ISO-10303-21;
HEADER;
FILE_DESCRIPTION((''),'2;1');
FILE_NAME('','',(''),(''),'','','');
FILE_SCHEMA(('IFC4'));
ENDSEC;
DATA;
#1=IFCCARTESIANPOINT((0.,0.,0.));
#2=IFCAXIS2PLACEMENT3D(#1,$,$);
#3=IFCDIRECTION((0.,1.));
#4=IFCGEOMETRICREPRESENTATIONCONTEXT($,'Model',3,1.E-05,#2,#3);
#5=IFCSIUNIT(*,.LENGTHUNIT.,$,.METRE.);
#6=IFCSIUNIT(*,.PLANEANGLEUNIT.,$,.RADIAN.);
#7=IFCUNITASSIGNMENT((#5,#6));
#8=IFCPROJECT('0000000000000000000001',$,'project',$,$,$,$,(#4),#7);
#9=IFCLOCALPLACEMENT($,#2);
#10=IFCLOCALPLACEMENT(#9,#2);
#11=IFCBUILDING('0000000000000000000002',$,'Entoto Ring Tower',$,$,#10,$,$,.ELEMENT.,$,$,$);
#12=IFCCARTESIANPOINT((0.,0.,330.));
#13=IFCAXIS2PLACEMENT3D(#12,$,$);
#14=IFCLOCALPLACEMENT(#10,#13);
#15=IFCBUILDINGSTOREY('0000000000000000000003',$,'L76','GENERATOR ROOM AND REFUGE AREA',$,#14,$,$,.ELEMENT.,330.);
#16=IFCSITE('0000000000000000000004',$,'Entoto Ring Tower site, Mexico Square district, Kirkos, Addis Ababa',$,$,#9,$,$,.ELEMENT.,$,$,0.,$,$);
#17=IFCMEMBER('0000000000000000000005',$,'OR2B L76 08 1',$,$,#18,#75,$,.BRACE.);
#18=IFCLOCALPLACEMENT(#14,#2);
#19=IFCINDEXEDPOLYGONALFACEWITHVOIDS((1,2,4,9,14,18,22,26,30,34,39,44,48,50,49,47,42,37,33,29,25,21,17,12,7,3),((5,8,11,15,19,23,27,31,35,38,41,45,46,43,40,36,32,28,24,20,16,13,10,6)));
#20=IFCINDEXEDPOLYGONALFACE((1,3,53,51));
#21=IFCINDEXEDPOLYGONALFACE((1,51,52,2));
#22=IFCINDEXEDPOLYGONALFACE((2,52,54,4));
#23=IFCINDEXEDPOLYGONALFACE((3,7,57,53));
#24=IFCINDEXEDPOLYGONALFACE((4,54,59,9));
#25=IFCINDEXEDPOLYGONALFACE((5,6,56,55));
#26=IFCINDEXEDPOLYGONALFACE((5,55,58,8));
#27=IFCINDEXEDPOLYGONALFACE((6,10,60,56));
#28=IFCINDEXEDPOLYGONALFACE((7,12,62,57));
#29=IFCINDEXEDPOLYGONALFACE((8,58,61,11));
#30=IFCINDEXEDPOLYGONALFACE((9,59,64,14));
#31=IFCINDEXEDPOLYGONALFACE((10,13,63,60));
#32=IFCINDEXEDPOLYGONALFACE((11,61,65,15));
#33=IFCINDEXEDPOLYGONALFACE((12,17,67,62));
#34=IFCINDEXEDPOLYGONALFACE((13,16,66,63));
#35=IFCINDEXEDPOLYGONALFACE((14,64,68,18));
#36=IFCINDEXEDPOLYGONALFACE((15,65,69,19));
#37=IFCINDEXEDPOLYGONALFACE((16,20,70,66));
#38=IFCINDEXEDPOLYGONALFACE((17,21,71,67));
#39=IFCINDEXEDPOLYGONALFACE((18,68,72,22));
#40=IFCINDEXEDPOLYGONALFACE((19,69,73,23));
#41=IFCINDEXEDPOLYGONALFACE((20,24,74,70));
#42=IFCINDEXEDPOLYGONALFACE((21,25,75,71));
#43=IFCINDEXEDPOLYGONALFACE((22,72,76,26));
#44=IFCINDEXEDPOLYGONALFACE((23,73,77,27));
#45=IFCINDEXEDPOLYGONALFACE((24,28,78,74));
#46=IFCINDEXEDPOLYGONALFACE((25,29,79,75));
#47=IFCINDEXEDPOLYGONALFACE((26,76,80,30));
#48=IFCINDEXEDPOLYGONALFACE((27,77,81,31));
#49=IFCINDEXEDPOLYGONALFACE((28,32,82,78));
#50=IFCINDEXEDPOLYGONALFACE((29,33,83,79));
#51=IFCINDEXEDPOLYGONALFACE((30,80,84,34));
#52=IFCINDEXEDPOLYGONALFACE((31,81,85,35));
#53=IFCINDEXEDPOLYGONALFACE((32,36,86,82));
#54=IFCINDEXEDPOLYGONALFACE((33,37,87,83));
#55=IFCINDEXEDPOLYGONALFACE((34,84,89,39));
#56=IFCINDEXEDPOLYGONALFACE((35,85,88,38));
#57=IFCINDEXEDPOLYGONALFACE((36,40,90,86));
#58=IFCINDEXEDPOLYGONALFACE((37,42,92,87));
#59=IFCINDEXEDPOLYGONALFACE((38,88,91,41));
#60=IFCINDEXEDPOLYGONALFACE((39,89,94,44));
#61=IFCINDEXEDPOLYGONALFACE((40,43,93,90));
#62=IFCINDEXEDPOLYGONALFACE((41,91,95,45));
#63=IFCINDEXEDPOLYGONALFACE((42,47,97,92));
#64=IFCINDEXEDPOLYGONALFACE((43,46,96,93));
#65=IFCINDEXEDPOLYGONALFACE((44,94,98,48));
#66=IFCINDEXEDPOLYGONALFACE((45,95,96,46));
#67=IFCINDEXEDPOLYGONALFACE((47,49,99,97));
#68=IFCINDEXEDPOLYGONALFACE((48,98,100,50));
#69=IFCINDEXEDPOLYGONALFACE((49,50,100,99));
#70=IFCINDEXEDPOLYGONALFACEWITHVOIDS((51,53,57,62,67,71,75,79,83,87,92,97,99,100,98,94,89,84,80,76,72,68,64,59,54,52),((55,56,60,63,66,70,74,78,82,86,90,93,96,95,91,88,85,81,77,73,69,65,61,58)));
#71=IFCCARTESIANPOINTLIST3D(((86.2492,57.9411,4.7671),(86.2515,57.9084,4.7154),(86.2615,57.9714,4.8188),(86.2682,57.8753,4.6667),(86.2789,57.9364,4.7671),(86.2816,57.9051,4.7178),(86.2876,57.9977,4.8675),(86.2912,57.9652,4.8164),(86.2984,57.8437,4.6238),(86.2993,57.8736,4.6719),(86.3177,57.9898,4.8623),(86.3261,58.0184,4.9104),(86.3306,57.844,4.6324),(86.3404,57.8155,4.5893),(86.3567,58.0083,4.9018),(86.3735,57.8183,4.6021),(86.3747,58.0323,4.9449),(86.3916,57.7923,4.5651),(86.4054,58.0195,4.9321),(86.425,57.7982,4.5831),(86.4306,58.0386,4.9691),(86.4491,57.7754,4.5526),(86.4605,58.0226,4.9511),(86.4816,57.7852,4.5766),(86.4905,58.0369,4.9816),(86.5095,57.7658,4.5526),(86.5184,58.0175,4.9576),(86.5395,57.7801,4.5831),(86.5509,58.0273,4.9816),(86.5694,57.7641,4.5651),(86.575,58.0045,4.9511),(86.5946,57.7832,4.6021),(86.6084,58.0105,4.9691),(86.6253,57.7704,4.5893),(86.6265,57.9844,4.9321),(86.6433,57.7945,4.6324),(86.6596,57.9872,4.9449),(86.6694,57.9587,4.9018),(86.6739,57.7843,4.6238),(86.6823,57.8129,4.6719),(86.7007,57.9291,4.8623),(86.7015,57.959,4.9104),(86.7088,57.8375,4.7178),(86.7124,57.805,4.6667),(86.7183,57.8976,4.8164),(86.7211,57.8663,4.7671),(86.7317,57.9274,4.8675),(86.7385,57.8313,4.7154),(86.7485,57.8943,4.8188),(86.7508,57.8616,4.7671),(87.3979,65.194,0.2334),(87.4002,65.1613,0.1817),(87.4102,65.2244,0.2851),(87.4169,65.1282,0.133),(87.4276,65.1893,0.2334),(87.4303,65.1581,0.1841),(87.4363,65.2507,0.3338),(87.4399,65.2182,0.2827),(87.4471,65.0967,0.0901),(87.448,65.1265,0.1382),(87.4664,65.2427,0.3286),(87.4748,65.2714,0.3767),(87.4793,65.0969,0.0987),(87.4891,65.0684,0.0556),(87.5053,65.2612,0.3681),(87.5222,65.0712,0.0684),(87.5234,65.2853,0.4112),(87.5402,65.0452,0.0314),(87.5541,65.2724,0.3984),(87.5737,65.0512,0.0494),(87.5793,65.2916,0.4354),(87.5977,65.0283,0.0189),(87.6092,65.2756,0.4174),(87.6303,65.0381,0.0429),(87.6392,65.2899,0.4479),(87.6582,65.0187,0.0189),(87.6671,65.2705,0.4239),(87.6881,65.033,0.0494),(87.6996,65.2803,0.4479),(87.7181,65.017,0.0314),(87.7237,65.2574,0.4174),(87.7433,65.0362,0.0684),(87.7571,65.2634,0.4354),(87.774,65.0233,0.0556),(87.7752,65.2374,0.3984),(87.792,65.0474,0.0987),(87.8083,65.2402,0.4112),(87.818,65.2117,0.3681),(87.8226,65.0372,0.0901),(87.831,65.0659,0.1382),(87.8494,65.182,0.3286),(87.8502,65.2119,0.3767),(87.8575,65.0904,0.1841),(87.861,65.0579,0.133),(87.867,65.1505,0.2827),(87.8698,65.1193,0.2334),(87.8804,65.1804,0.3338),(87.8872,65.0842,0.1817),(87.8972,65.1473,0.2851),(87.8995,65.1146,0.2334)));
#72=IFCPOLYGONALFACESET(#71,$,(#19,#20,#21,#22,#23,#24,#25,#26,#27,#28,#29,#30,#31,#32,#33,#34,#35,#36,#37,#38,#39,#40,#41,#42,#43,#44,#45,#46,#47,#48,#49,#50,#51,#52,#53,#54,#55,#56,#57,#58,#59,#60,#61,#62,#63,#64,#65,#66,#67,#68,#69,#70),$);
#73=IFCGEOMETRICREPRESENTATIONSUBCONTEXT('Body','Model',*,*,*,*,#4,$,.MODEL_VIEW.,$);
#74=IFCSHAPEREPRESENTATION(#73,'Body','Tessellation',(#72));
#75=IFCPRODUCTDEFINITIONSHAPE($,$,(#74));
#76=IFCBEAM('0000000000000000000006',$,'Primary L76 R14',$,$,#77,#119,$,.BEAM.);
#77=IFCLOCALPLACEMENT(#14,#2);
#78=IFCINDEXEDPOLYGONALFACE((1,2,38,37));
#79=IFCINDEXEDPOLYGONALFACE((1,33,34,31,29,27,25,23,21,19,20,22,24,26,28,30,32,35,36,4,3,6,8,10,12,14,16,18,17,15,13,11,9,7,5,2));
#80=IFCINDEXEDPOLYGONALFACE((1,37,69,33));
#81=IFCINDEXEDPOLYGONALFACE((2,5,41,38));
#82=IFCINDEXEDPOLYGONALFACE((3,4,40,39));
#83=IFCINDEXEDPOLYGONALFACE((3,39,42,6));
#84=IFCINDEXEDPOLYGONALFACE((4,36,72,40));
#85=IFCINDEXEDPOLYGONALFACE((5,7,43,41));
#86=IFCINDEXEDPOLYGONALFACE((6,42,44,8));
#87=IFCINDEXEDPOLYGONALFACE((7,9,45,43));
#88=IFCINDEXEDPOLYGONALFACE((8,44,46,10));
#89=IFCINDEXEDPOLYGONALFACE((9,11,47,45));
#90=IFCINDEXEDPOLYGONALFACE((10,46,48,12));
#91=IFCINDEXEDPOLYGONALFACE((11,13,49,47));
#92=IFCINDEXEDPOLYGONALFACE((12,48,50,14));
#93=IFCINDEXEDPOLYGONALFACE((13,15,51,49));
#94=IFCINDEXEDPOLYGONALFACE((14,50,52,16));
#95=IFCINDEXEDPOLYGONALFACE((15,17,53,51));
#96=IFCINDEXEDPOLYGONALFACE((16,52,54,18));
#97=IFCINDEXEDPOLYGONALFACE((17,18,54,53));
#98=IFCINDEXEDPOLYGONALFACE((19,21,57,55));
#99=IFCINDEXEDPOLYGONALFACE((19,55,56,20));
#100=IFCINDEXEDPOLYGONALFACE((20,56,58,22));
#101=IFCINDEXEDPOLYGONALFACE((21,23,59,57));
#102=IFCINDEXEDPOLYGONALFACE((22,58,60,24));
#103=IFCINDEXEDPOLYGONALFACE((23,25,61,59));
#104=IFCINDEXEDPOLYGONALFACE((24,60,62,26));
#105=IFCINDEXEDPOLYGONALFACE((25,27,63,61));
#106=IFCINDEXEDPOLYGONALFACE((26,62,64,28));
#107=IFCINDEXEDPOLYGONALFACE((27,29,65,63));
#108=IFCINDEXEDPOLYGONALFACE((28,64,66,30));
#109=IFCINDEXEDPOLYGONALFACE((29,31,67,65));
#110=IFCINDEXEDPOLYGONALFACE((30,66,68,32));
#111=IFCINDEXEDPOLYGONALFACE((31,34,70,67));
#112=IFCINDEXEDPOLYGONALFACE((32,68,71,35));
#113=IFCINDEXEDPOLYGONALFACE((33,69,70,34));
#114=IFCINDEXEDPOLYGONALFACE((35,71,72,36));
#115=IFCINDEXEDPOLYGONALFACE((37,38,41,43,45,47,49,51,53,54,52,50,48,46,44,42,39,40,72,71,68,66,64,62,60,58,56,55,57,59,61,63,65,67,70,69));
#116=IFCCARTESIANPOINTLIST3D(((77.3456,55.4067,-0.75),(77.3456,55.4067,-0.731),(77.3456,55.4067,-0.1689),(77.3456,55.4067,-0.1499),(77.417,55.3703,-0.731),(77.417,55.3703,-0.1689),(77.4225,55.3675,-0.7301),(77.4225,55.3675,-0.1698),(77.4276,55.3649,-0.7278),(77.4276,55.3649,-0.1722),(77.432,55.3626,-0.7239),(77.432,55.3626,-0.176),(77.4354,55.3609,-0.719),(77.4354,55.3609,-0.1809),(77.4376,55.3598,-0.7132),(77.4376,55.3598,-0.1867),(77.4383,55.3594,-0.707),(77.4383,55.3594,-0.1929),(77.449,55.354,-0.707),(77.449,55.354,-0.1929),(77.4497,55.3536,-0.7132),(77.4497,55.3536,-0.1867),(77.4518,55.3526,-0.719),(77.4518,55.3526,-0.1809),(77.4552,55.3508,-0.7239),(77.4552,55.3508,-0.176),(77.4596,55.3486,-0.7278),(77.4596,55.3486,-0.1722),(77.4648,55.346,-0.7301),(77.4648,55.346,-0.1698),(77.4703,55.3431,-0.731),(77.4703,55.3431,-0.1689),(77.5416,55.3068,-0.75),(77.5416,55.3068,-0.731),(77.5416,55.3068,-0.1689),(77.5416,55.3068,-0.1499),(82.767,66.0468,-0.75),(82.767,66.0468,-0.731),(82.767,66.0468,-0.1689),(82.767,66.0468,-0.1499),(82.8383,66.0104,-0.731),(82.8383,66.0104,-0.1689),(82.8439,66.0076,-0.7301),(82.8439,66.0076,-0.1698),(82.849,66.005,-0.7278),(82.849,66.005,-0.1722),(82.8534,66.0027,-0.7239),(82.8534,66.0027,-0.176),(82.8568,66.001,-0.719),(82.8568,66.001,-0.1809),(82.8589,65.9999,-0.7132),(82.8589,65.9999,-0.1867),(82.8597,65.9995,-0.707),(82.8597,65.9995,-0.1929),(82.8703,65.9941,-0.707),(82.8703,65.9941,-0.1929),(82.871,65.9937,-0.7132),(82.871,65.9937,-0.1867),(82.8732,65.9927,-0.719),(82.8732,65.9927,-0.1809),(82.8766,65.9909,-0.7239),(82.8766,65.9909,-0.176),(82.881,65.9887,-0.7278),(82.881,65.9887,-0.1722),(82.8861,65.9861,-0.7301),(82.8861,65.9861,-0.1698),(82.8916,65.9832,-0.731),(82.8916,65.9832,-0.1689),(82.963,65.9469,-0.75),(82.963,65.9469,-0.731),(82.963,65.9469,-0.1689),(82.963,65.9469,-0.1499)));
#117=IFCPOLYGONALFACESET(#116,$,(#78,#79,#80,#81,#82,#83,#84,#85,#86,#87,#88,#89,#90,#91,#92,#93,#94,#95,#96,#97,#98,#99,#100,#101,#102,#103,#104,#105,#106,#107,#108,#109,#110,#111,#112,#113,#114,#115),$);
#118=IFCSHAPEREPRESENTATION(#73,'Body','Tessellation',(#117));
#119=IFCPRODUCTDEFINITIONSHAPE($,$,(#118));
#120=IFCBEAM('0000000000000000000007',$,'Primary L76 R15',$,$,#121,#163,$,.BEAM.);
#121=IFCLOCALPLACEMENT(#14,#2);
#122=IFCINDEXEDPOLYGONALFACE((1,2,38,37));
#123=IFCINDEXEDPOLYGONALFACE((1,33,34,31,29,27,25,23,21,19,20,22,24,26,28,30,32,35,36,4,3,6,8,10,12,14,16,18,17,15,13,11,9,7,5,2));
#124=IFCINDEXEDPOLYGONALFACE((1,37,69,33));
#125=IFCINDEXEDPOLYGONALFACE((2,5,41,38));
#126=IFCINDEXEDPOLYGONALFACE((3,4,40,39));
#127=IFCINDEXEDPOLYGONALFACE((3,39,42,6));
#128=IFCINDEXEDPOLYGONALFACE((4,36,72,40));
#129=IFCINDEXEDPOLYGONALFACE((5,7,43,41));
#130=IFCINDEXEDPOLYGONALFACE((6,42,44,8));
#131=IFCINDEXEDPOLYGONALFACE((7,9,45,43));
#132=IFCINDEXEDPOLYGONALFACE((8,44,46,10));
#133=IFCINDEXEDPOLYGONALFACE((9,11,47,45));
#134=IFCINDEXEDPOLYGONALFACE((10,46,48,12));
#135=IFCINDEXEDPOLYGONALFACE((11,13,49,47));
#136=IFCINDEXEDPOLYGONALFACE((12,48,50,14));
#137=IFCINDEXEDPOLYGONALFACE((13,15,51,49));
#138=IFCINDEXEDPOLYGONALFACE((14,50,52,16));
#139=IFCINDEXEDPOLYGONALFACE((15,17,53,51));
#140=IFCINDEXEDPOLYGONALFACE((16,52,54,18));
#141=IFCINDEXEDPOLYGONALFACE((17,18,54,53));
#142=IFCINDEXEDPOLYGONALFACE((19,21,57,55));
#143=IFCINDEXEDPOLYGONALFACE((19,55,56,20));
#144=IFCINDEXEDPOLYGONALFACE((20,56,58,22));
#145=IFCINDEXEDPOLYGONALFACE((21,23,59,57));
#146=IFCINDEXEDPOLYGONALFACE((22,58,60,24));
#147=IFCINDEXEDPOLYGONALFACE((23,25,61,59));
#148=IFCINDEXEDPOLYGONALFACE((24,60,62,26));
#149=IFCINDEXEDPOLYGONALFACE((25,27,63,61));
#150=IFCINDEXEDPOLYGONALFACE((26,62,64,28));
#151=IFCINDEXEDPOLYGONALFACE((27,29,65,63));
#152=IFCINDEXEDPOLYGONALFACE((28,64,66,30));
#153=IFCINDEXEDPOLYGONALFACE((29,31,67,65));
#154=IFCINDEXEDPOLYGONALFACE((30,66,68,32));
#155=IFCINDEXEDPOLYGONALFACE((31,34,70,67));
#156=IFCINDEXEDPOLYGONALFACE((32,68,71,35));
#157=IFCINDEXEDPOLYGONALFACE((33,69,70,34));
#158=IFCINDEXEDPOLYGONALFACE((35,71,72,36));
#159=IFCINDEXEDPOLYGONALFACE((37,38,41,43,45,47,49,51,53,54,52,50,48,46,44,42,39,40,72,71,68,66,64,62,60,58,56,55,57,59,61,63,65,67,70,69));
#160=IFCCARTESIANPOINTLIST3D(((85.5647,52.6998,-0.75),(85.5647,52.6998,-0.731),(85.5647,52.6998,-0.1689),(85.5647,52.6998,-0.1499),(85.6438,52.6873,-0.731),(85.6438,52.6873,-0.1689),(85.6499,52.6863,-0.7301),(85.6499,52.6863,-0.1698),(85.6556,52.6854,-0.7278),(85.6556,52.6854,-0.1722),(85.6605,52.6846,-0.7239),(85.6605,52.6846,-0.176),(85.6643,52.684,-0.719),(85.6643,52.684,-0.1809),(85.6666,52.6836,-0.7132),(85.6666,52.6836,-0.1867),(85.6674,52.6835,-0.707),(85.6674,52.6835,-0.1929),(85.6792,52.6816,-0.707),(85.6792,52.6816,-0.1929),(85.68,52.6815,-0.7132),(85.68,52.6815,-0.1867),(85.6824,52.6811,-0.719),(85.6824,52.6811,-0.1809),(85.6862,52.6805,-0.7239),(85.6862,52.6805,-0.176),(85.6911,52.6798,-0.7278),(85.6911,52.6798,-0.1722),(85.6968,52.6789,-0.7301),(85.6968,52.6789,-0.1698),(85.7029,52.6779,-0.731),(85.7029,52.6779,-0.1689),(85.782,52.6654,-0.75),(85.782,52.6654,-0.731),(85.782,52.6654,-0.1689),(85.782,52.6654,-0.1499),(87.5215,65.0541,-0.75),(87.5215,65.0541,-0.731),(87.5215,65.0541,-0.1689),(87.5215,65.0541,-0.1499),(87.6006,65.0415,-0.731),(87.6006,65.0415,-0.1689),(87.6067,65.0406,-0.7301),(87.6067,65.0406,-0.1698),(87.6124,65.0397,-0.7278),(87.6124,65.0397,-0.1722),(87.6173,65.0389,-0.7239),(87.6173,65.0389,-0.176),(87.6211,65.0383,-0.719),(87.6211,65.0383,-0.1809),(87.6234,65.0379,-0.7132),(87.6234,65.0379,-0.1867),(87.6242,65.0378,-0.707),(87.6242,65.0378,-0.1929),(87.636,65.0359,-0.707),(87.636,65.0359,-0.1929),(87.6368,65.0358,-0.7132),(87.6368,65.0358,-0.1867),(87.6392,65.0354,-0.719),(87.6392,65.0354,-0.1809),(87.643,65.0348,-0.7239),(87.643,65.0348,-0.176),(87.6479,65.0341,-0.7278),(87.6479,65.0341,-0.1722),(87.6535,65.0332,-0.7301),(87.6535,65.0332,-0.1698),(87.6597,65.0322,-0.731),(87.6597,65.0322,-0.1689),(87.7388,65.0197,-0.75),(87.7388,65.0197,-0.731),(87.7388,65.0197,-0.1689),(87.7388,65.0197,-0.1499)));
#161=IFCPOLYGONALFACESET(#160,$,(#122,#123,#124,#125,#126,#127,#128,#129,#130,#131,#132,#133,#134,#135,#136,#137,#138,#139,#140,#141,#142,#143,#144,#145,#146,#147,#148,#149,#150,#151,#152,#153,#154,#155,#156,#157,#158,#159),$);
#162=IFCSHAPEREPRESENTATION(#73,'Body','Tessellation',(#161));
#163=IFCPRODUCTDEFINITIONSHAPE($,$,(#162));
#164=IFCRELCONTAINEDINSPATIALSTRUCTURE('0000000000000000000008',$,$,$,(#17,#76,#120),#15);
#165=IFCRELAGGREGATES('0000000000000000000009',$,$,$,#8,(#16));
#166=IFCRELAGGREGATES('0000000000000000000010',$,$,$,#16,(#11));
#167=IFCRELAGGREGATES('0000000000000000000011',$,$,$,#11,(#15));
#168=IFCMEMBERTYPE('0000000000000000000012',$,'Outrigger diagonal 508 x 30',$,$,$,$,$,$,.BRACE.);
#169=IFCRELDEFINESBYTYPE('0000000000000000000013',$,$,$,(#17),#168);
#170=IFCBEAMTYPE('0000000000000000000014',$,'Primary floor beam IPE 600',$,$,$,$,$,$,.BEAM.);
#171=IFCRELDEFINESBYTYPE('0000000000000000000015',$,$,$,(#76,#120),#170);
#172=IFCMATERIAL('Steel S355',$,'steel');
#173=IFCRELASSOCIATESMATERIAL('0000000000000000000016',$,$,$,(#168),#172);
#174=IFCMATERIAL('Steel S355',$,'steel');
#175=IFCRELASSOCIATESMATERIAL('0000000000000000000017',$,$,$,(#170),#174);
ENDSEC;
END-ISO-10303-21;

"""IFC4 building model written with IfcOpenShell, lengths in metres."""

from ifc_helpers import new_model, si_unit, direction, frame, origin, origin_2d, place, context, subcontext, project, spatial, circle, hollow_circle, i_section, extrude, material, material_profile, profile_set, type_object, element, save


model = new_model("IFC4")

# Units and contexts
model_context = context("Model", 3, precision=1e-05, world=origin(), true_north=direction((0.0, 1.0)))
body_context = subcontext(model_context, "Body", "Model", "MODEL_VIEW")
ifc_project = project(units=[si_unit("LENGTHUNIT", "METRE"), si_unit("PLANEANGLEUNIT", "RADIAN")], contexts=[model_context])

# Site, building, storey
site_placement = place(None, origin())
site = spatial("IfcSite", under=ifc_project, at=site_placement, Name="Entoto Ring Tower site, Mexico Square district, Kirkos, Addis Ababa", CompositionType="ELEMENT", RefElevation=0.0)
building_placement = place(site_placement, origin())
building = spatial("IfcBuilding", under=site, at=building_placement, Name="Entoto Ring Tower", CompositionType="ELEMENT")
storey_placement = place(building_placement, frame((0.0, 0.0, 330.0)))
storey = spatial("IfcBuildingStorey", under=building, at=storey_placement, Name="L76", Description="GENERATOR ROOM AND REFUGE AREA", CompositionType="ELEMENT", Elevation=330.0)

# Member
ifc_material_1 = material(Name="Steel S355", Category="steel")
ifc_material_profile_1 = material_profile(ifc_material_1, hollow_circle(Radius=0.2539, WallThickness=0.03, at=origin_2d()), Name="CHS 508 x 30")
ifc_material_2 = material(Name="Concrete C60/75", Category="concrete")
ifc_material_profile_2 = material_profile(ifc_material_2, circle(Radius=0.2241, at=origin_2d()), Name="Concrete C60/75 infill")
ifc_profile_set_1 = profile_set([ifc_material_profile_1, ifc_material_profile_2], Name="Steel S355")
member_type_1 = type_object("IfcMemberType", Name="Outrigger diagonal 508 x 30", PredefinedType="BRACE", material=ifc_profile_set_1)
member_1_placement = place(storey_placement, frame((87.6487, 65.1543, 0.2334), z_axis=(-0.133102, -0.840421, 0.525334), x_axis=(0.98769, -0.156425, 0.0)))
element("IfcMember", 1, at=member_1_placement, inside=storey, type_object=member_type_1, Name="OR2B L76 08 1", PredefinedType="BRACE", context=body_context, shape_type="SweptSolid", body=[
    extrude(hollow_circle(Radius=0.2539, WallThickness=0.03, at=origin_2d()), origin(), (0.0, 0.0, 1.0), 8.6301),
])

# Beams
ifc_material_3 = material(Name="Steel S355", Category="steel")
ifc_material_profile_3 = material_profile(ifc_material_3, i_section(OverallWidth=0.22, OverallDepth=0.6001, WebThickness=0.012, FlangeThickness=0.019, FilletRadius=0.0239, at=origin_2d()), Name="IPE 600")
ifc_profile_set_2 = profile_set([ifc_material_profile_3], Name="Steel S355")
beam_type_1 = type_object("IfcBeamType", Name="Primary floor beam IPE 600", PredefinedType="BEAM", material=ifc_profile_set_2)
beam_1_placement = place(storey_placement, frame((82.865, 65.9968, -0.45), z_axis=(-0.453988, -0.891008, 0.0), x_axis=(0.891008, -0.453988, 0.0)))
element("IfcBeam", 2, at=beam_1_placement, inside=storey, type_object=beam_type_1, Name="Primary L76 R14", PredefinedType="BEAM", context=body_context, shape_type="SweptSolid", body=[
    extrude(i_section(OverallWidth=0.22, OverallDepth=0.6001, WebThickness=0.012, FlangeThickness=0.019, FilletRadius=0.0239, at=origin_2d()), origin(), (0.0, 0.0, 1.0), 11.9417),
])
beam_2_placement = place(storey_placement, frame((87.6301, 65.0369, -0.45), z_axis=(-0.15644, -0.987688, 0.0), x_axis=(0.987688, -0.15644, 0.0)))
element("IfcBeam", 3, at=beam_2_placement, inside=storey, type_object=beam_type_1, Name="Primary L76 R15", PredefinedType="BEAM", context=body_context, shape_type="SweptSolid", body=[
    extrude(i_section(OverallWidth=0.22, OverallDepth=0.6001, WebThickness=0.012, FlangeThickness=0.019, FilletRadius=0.0239, at=origin_2d()), origin(), (0.0, 0.0, 1.0), 12.5083),
])

save(model, "model.ifc")
